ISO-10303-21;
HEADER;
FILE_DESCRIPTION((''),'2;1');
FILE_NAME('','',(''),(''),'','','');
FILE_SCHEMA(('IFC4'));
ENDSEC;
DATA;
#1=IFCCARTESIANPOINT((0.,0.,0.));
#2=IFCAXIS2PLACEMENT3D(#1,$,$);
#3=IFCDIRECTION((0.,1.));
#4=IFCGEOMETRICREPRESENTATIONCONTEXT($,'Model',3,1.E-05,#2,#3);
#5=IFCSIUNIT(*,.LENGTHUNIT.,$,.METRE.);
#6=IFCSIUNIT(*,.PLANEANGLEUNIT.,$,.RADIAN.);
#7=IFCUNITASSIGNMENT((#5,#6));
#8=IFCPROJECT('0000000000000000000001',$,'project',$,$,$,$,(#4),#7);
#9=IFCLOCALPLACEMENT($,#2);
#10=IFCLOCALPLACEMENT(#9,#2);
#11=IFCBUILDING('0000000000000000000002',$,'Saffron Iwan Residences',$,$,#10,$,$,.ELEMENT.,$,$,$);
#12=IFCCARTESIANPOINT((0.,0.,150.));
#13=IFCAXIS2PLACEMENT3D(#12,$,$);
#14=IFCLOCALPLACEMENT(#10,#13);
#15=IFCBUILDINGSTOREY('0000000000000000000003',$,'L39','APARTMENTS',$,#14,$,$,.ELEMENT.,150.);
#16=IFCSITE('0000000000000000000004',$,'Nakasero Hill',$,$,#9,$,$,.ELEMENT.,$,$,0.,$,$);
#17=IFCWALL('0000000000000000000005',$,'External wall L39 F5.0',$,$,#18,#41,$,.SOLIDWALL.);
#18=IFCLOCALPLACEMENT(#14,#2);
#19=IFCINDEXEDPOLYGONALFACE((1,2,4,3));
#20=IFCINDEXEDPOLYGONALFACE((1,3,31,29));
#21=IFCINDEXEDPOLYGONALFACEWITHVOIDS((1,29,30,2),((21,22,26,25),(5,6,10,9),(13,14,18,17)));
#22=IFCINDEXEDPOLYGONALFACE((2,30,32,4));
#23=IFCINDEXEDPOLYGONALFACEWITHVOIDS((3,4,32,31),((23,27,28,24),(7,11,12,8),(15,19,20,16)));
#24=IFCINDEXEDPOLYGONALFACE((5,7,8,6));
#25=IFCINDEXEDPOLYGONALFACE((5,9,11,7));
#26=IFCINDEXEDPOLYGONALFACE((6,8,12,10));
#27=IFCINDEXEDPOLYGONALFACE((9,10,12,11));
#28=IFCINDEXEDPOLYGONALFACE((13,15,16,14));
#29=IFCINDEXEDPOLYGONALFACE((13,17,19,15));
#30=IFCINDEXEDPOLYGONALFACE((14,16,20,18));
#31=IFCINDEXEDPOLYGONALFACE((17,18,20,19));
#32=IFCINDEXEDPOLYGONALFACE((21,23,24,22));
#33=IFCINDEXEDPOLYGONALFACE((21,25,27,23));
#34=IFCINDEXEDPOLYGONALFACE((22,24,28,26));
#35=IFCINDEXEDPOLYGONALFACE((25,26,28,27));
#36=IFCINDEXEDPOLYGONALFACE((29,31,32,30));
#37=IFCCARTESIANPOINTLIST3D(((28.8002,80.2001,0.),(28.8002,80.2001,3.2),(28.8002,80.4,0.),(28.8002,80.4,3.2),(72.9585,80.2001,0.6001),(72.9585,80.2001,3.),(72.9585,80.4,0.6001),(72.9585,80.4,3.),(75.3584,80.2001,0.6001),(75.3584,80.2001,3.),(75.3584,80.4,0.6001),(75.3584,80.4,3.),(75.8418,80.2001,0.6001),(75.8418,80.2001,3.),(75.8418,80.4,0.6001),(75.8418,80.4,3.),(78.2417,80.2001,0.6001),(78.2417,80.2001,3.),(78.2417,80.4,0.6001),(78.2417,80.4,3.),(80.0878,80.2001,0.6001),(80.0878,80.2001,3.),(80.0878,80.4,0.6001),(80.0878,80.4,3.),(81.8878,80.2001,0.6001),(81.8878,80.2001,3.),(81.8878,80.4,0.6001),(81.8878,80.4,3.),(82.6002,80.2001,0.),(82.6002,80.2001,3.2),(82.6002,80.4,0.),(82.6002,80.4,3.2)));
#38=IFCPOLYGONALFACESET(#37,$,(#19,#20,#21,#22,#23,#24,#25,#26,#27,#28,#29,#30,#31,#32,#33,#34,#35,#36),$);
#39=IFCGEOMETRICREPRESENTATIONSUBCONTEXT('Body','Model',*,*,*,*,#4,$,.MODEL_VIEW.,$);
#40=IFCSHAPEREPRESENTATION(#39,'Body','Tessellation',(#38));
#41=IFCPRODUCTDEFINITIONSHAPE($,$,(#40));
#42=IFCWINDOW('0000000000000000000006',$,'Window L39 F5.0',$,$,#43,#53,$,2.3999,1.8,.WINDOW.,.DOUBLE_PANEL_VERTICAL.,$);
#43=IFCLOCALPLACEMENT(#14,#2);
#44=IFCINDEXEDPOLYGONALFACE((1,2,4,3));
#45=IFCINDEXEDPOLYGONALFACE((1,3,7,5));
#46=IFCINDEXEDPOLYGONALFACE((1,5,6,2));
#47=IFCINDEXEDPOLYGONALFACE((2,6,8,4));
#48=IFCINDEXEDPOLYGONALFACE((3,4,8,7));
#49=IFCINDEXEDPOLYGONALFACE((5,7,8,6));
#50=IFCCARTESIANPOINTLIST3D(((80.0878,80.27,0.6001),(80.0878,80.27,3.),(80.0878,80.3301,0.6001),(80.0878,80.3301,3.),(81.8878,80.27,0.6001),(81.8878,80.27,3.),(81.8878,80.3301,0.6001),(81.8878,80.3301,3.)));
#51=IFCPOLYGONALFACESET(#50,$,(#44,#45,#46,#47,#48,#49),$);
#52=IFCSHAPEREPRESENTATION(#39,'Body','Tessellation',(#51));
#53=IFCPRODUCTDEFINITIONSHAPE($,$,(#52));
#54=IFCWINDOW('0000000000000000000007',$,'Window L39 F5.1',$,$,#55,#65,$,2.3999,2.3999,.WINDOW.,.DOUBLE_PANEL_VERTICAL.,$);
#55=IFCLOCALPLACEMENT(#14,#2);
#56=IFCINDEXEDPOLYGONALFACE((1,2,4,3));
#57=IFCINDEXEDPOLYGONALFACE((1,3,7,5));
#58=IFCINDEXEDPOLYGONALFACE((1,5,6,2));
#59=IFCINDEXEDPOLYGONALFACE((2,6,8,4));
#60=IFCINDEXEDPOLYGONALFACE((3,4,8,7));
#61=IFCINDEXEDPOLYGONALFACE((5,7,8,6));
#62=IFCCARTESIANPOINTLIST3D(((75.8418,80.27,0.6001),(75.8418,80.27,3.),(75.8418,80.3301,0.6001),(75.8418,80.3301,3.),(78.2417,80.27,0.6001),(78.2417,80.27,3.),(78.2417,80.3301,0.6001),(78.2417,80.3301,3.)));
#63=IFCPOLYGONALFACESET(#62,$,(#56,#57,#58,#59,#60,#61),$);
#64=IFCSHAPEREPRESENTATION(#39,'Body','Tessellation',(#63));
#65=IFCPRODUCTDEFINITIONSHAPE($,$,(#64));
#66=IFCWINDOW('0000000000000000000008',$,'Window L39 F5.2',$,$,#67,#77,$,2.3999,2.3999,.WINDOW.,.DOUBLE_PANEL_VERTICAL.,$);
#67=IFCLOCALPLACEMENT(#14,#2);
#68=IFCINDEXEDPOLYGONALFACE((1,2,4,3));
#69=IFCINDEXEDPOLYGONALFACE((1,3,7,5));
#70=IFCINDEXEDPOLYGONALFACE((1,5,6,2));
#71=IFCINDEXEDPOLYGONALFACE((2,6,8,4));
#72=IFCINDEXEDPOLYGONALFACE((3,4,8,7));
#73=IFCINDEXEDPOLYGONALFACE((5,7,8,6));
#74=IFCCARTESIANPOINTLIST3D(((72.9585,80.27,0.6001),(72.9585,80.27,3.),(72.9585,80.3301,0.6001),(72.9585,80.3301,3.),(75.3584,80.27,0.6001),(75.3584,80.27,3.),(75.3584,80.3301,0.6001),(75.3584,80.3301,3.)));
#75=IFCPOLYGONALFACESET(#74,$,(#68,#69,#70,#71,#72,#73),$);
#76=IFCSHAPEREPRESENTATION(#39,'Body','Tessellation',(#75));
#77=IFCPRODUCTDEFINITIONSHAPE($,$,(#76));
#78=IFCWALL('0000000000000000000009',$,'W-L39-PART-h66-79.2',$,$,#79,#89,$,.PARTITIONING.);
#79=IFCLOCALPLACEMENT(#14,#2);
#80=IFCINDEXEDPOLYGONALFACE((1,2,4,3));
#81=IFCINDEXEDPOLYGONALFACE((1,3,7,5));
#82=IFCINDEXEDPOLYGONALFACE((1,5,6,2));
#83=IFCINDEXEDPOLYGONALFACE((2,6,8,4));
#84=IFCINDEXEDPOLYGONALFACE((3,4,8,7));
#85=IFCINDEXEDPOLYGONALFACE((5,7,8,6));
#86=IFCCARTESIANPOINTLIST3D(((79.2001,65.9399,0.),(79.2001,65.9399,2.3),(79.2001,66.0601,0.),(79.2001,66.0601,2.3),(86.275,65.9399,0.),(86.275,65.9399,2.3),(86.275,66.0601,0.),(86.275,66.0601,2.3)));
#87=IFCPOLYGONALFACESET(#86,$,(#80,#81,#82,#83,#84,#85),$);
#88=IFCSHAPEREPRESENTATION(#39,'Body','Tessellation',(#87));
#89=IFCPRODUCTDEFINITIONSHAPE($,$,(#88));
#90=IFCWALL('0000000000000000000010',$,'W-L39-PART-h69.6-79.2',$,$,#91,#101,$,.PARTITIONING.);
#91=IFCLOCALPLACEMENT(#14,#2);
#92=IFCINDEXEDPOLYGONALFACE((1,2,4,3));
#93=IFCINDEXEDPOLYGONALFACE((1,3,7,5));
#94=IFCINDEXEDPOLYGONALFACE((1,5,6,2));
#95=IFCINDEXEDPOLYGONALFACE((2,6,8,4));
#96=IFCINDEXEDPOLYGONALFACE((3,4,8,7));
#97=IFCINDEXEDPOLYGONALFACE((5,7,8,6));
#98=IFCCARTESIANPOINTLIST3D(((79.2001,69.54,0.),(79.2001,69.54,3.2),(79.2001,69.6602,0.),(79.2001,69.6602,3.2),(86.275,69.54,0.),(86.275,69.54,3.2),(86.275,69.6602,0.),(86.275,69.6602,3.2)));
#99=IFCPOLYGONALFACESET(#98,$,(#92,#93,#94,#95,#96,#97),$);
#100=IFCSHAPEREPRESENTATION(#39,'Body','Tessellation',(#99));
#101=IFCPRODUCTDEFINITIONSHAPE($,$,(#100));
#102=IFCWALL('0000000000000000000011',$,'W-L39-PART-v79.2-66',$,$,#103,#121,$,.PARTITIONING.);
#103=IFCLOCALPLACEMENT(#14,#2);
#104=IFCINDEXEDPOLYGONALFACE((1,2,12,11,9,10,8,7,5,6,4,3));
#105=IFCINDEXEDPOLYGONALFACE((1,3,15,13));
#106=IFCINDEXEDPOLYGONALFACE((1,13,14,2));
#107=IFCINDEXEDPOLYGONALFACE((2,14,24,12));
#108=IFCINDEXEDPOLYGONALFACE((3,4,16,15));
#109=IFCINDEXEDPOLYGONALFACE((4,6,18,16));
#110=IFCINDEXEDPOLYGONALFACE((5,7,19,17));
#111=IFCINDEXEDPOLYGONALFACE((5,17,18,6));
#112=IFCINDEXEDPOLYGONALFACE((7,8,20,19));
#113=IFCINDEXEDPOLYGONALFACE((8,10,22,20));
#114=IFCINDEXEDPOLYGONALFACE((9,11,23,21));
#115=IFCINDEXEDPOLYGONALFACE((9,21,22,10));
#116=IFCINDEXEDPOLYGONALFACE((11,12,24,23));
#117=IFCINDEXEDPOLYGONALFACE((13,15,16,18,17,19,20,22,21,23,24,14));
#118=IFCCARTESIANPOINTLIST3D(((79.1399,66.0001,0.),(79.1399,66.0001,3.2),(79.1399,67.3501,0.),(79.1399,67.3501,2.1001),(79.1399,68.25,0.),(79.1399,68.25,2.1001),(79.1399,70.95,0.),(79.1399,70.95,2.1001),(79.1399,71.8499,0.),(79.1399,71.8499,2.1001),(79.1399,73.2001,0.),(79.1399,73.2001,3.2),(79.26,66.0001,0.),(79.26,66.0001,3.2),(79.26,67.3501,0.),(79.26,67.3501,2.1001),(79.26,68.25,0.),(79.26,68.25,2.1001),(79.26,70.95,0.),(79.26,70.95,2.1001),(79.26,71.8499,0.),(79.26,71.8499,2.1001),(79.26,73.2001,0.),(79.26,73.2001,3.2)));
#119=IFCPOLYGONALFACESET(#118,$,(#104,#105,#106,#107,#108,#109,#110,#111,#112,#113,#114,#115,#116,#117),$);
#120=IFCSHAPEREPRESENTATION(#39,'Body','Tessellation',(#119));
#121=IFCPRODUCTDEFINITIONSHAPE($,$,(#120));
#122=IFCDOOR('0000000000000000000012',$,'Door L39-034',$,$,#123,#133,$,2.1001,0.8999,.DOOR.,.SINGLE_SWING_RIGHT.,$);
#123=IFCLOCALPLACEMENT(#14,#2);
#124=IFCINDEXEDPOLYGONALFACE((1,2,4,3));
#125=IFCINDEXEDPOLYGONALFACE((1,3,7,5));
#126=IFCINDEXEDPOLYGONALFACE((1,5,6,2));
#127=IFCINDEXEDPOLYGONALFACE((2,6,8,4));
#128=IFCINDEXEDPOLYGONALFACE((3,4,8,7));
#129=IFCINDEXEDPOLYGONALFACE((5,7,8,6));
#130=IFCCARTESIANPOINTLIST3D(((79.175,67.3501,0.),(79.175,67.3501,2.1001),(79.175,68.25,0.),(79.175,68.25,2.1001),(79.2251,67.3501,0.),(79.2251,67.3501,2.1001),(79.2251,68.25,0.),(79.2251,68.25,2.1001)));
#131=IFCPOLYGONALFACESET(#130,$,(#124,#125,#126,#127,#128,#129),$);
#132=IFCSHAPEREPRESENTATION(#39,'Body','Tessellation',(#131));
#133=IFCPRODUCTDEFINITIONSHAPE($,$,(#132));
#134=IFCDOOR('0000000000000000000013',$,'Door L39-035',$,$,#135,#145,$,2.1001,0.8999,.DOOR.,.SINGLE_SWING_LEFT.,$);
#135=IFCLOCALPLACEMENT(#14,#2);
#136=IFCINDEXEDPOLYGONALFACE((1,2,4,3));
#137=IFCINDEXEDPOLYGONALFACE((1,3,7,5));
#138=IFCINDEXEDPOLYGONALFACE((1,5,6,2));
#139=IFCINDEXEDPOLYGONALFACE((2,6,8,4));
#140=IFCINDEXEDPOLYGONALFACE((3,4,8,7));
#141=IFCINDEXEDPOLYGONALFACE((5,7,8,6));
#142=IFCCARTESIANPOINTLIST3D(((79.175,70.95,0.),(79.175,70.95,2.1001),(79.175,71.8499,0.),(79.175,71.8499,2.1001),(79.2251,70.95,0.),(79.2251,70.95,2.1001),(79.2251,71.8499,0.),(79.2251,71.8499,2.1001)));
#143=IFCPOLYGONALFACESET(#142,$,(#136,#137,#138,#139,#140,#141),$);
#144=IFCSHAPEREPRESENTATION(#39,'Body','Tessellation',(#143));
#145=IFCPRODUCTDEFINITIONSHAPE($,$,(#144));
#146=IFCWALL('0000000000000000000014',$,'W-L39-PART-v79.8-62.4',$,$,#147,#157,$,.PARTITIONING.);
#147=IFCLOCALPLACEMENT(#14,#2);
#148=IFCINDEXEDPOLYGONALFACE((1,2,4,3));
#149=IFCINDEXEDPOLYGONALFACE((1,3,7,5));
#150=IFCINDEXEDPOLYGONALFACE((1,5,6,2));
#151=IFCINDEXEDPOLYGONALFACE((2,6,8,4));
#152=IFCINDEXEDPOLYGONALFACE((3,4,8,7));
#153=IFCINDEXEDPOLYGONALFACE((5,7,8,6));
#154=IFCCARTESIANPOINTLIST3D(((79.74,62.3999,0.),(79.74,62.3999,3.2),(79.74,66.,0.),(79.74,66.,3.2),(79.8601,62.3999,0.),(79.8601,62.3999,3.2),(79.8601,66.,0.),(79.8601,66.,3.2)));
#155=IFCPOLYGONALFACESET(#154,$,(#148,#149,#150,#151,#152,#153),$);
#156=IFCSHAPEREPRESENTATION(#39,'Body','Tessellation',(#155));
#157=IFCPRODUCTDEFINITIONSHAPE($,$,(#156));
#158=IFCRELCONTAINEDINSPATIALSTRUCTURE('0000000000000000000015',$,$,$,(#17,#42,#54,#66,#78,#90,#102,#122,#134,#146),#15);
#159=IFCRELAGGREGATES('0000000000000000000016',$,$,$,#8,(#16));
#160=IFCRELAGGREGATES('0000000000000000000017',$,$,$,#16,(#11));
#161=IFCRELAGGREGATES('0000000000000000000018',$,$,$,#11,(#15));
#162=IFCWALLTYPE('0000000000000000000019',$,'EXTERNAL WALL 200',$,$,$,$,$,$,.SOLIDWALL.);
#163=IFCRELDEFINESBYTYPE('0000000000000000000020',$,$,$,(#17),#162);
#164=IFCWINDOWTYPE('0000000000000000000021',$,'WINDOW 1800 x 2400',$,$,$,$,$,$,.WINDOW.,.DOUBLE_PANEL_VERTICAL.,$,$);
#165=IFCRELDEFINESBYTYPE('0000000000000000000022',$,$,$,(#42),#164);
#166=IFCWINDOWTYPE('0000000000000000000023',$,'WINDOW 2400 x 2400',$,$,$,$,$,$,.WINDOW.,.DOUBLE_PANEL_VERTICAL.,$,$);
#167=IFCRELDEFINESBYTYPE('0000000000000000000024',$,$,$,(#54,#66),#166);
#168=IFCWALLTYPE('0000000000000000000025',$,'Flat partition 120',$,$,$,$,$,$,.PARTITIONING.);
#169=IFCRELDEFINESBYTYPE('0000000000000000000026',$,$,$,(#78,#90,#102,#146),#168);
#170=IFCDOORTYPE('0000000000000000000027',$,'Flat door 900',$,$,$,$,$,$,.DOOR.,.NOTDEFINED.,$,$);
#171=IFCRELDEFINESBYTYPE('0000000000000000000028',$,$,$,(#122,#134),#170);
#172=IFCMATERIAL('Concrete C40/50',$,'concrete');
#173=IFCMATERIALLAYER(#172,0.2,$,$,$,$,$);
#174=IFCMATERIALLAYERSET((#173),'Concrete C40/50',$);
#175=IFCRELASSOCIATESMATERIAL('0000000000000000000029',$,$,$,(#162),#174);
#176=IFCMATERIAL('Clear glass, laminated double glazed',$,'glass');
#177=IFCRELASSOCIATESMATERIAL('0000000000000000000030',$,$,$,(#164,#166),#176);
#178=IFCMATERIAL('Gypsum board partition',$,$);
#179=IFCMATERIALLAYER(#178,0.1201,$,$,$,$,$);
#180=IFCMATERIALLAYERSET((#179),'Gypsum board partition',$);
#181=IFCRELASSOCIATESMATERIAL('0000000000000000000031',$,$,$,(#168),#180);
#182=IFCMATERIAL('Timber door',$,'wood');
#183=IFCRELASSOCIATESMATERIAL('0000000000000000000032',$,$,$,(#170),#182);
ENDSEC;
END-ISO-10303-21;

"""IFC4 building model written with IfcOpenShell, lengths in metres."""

from ifc_helpers import new_model, si_unit, direction, frame, frame_2d, origin, place, context, subcontext, project, spatial, rectangle, extrude, material, layer, layer_set, type_object, element, fill, save


model = new_model("IFC4")

# Units and contexts
model_context = context("Model", 3, precision=1e-05, world=origin(), true_north=direction((0.0, 1.0)))
body_context = subcontext(model_context, "Body", "Model", "MODEL_VIEW")
ifc_project = project(units=[si_unit("LENGTHUNIT", "METRE"), si_unit("PLANEANGLEUNIT", "RADIAN")], contexts=[model_context])

# Site, building, storey
site_placement = place(None, origin())
site = spatial("IfcSite", under=ifc_project, at=site_placement, Name="Nakasero Hill", CompositionType="ELEMENT", RefElevation=0.0)
building_placement = place(site_placement, origin())
building = spatial("IfcBuilding", under=site, at=building_placement, Name="Saffron Iwan Residences", CompositionType="ELEMENT")
storey_placement = place(building_placement, frame((0.0, 0.0, 150.0)))
storey = spatial("IfcBuildingStorey", under=building, at=storey_placement, Name="L39", Description="APARTMENTS", CompositionType="ELEMENT", Elevation=150.0)

# Shared definitions
ifc_material_1 = material(Name="Concrete C40/50", Category="concrete")
ifc_layer_1 = layer(ifc_material_1, 0.2)
ifc_layer_set_1 = layer_set([ifc_layer_1], Name="Concrete C40/50")
wall_type_1 = type_object("IfcWallType", Name="EXTERNAL WALL 200", PredefinedType="SOLIDWALL", material=ifc_layer_set_1)
ifc_material_2 = material(Name="Clear glass, laminated double glazed", Category="glass")
window_type_1 = type_object("IfcWindowType", Name="WINDOW 1800 x 2400", PartitioningType="DOUBLE_PANEL_VERTICAL", PredefinedType="WINDOW", material=ifc_material_2)
window_type_2 = type_object("IfcWindowType", Name="WINDOW 2400 x 2400", PartitioningType="DOUBLE_PANEL_VERTICAL", PredefinedType="WINDOW", material=ifc_material_2)

# Wall, openings, windows
wall_1_placement = place(storey_placement, frame((82.6001, 80.3, 0.0), z_axis=(0.0, 0.0, 1.0), x_axis=(-1.0, 0.0, 0.0)))
wall_1 = element("IfcWall", 1, at=wall_1_placement, inside=storey, type_object=wall_type_1, Name="External wall L39 F5.0", PredefinedType="SOLIDWALL", context=body_context, shape_type="SweptSolid", body=[
    extrude(rectangle(XDim=53.8, YDim=0.2, at=frame_2d((26.8999, 0.0))), origin(), (0.0, 0.0, 1.0), 3.2),
])
opening_1_placement = place(wall_1_placement, frame((0.7124, 0.0, 0.6001)))
opening_1 = element("IfcOpeningElement", 2, at=opening_1_placement, cuts=wall_1, PredefinedType="OPENING", context=body_context, shape_type="SweptSolid", body=[
    extrude(rectangle(XDim=1.8, YDim=2.3999, at=frame_2d((0.8999, 1.2))), frame((0.0, 0.1099, 0.0), z_axis=(0.0, -1.0, 0.0), x_axis=(1.0, 0.0, 0.0)), (0.0, 0.0, 1.0), 0.22),
])
opening_2_placement = place(wall_1_placement, frame((4.3584, 0.0, 0.6001)))
opening_2 = element("IfcOpeningElement", 3, at=opening_2_placement, cuts=wall_1, PredefinedType="OPENING", context=body_context, shape_type="SweptSolid", body=[
    extrude(rectangle(XDim=2.3999, YDim=2.3999, at=frame_2d((1.2, 1.2))), frame((0.0, 0.1099, 0.0), z_axis=(0.0, -1.0, 0.0), x_axis=(1.0, 0.0, 0.0)), (0.0, 0.0, 1.0), 0.22),
])
opening_3_placement = place(wall_1_placement, frame((7.2417, 0.0, 0.6001)))
opening_3 = element("IfcOpeningElement", 4, at=opening_3_placement, cuts=wall_1, PredefinedType="OPENING", context=body_context, shape_type="SweptSolid", body=[
    extrude(rectangle(XDim=2.3999, YDim=2.3999, at=frame_2d((1.2, 1.2))), frame((0.0, 0.1099, 0.0), z_axis=(0.0, -1.0, 0.0), x_axis=(1.0, 0.0, 0.0)), (0.0, 0.0, 1.0), 0.22),
])
window_1_placement = place(opening_1_placement, origin())
window_1 = element("IfcWindow", 5, at=window_1_placement, inside=storey, type_object=window_type_1, Name="Window L39 F5.0", OverallHeight=2.3999, OverallWidth=1.8, PartitioningType="DOUBLE_PANEL_VERTICAL", PredefinedType="WINDOW", context=body_context, shape_type="SweptSolid", body=[
    extrude(rectangle(XDim=1.8, YDim=2.3999, at=frame_2d((0.8999, 1.2))), frame((0.0, 0.03, 0.0), z_axis=(0.0, -1.0, 0.0), x_axis=(1.0, 0.0, 0.0)), (0.0, 0.0, 1.0), 0.0601),
])
fill(opening_1, window_1)
window_2_placement = place(opening_2_placement, origin())
window_2 = element("IfcWindow", 6, at=window_2_placement, inside=storey, type_object=window_type_2, Name="Window L39 F5.1", OverallHeight=2.3999, OverallWidth=2.3999, PartitioningType="DOUBLE_PANEL_VERTICAL", PredefinedType="WINDOW", context=body_context, shape_type="SweptSolid", body=[
    extrude(rectangle(XDim=2.3999, YDim=2.3999, at=frame_2d((1.2, 1.2))), frame((0.0, 0.03, 0.0), z_axis=(0.0, -1.0, 0.0), x_axis=(1.0, 0.0, 0.0)), (0.0, 0.0, 1.0), 0.0601),
])
fill(opening_2, window_2)
window_3_placement = place(opening_3_placement, origin())
window_3 = element("IfcWindow", 7, at=window_3_placement, inside=storey, type_object=window_type_2, Name="Window L39 F5.2", OverallHeight=2.3999, OverallWidth=2.3999, PartitioningType="DOUBLE_PANEL_VERTICAL", PredefinedType="WINDOW", context=body_context, shape_type="SweptSolid", body=[
    extrude(rectangle(XDim=2.3999, YDim=2.3999, at=frame_2d((1.2, 1.2))), frame((0.0, 0.03, 0.0), z_axis=(0.0, -1.0, 0.0), x_axis=(1.0, 0.0, 0.0)), (0.0, 0.0, 1.0), 0.0601),
])
fill(opening_3, window_3)

# Walls
ifc_material_3 = material(Name="Gypsum board partition")
ifc_layer_2 = layer(ifc_material_3, 0.1201)
ifc_layer_set_2 = layer_set([ifc_layer_2], Name="Gypsum board partition")
wall_type_2 = type_object("IfcWallType", Name="Flat partition 120", PredefinedType="PARTITIONING", material=ifc_layer_set_2)
wall_2_placement = place(storey_placement, frame((79.2, 66.0, 0.0), z_axis=(0.0, 0.0, 1.0), x_axis=(1.0, 0.0, 0.0)))
element("IfcWall", 8, at=wall_2_placement, inside=storey, type_object=wall_type_2, Name="W-L39-PART-h66-79.2", PredefinedType="PARTITIONING", context=body_context, shape_type="SweptSolid", body=[
    extrude(rectangle(XDim=7.075, YDim=0.1201, at=frame_2d((3.5376, 0.0))), origin(), (0.0, 0.0, 1.0), 2.3),
])
wall_3_placement = place(storey_placement, frame((79.2, 69.6001, 0.0), z_axis=(0.0, 0.0, 1.0), x_axis=(1.0, 0.0, 0.0)))
element("IfcWall", 9, at=wall_3_placement, inside=storey, type_object=wall_type_2, Name="W-L39-PART-h69.6-79.2", PredefinedType="PARTITIONING", context=body_context, shape_type="SweptSolid", body=[
    extrude(rectangle(XDim=7.075, YDim=0.1201, at=frame_2d((3.5376, 0.0))), origin(), (0.0, 0.0, 1.0), 3.2),
])

# Wall, openings, doors
wall_4_placement = place(storey_placement, frame((79.2, 66.0, 0.0), z_axis=(0.0, 0.0, 1.0), x_axis=(0.0, 1.0, 0.0)))
wall_4 = element("IfcWall", 10, at=wall_4_placement, inside=storey, type_object=wall_type_2, Name="W-L39-PART-v79.2-66", PredefinedType="PARTITIONING", context=body_context, shape_type="SweptSolid", body=[
    extrude(rectangle(XDim=7.2, YDim=0.1201, at=frame_2d((3.6001, 0.0))), origin(), (0.0, 0.0, 1.0), 3.2),
])
opening_4_placement = place(wall_4_placement, frame((1.3501, 0.0, 0.0)))
opening_4 = element("IfcOpeningElement", 11, at=opening_4_placement, cuts=wall_4, PredefinedType="OPENING", context=body_context, shape_type="SweptSolid", body=[
    extrude(rectangle(XDim=0.8999, YDim=2.1001, at=frame_2d((0.45, 1.05))), frame((0.0, 0.0701, 0.0), z_axis=(0.0, -1.0, 0.0), x_axis=(1.0, 0.0, 0.0)), (0.0, 0.0, 1.0), 0.1401),
])
opening_5_placement = place(wall_4_placement, frame((4.95, 0.0, 0.0)))
opening_5 = element("IfcOpeningElement", 12, at=opening_5_placement, cuts=wall_4, PredefinedType="OPENING", context=body_context, shape_type="SweptSolid", body=[
    extrude(rectangle(XDim=0.8999, YDim=2.1001, at=frame_2d((0.45, 1.05))), frame((0.0, 0.0701, 0.0), z_axis=(0.0, -1.0, 0.0), x_axis=(1.0, 0.0, 0.0)), (0.0, 0.0, 1.0), 0.1401),
])
ifc_material_4 = material(Name="Timber door", Category="wood")
door_type = type_object("IfcDoorType", Name="Flat door 900", OperationType="NOTDEFINED", PredefinedType="DOOR", material=ifc_material_4)
door_1_placement = place(opening_4_placement, origin())
door_1 = element("IfcDoor", 13, at=door_1_placement, inside=storey, type_object=door_type, Name="Door L39-034", OperationType="SINGLE_SWING_RIGHT", OverallHeight=2.1001, OverallWidth=0.8999, PredefinedType="DOOR", context=body_context, shape_type="SweptSolid", body=[
    extrude(rectangle(XDim=0.8999, YDim=2.1001, at=frame_2d((0.45, 1.05))), frame((0.0, 0.0249, 0.0), z_axis=(0.0, -1.0, 0.0), x_axis=(1.0, 0.0, 0.0)), (0.0, 0.0, 1.0), 0.05),
])
fill(opening_4, door_1)
door_2_placement = place(opening_5_placement, origin())
door_2 = element("IfcDoor", 14, at=door_2_placement, inside=storey, type_object=door_type, Name="Door L39-035", OperationType="SINGLE_SWING_LEFT", OverallHeight=2.1001, OverallWidth=0.8999, PredefinedType="DOOR", context=body_context, shape_type="SweptSolid", body=[
    extrude(rectangle(XDim=0.8999, YDim=2.1001, at=frame_2d((0.45, 1.05))), frame((0.0, 0.0249, 0.0), z_axis=(0.0, -1.0, 0.0), x_axis=(1.0, 0.0, 0.0)), (0.0, 0.0, 1.0), 0.05),
])
fill(opening_5, door_2)

# Wall
wall_5_placement = place(storey_placement, frame((79.8, 62.3999, 0.0), z_axis=(0.0, 0.0, 1.0), x_axis=(0.0, 1.0, 0.0)))
element("IfcWall", 15, at=wall_5_placement, inside=storey, type_object=wall_type_2, Name="W-L39-PART-v79.8-62.4", PredefinedType="PARTITIONING", context=body_context, shape_type="SweptSolid", body=[
    extrude(rectangle(XDim=3.6001, YDim=0.1201, at=frame_2d((1.8, 0.0))), origin(), (0.0, 0.0, 1.0), 3.2),
])

save(model, "model.ifc")
